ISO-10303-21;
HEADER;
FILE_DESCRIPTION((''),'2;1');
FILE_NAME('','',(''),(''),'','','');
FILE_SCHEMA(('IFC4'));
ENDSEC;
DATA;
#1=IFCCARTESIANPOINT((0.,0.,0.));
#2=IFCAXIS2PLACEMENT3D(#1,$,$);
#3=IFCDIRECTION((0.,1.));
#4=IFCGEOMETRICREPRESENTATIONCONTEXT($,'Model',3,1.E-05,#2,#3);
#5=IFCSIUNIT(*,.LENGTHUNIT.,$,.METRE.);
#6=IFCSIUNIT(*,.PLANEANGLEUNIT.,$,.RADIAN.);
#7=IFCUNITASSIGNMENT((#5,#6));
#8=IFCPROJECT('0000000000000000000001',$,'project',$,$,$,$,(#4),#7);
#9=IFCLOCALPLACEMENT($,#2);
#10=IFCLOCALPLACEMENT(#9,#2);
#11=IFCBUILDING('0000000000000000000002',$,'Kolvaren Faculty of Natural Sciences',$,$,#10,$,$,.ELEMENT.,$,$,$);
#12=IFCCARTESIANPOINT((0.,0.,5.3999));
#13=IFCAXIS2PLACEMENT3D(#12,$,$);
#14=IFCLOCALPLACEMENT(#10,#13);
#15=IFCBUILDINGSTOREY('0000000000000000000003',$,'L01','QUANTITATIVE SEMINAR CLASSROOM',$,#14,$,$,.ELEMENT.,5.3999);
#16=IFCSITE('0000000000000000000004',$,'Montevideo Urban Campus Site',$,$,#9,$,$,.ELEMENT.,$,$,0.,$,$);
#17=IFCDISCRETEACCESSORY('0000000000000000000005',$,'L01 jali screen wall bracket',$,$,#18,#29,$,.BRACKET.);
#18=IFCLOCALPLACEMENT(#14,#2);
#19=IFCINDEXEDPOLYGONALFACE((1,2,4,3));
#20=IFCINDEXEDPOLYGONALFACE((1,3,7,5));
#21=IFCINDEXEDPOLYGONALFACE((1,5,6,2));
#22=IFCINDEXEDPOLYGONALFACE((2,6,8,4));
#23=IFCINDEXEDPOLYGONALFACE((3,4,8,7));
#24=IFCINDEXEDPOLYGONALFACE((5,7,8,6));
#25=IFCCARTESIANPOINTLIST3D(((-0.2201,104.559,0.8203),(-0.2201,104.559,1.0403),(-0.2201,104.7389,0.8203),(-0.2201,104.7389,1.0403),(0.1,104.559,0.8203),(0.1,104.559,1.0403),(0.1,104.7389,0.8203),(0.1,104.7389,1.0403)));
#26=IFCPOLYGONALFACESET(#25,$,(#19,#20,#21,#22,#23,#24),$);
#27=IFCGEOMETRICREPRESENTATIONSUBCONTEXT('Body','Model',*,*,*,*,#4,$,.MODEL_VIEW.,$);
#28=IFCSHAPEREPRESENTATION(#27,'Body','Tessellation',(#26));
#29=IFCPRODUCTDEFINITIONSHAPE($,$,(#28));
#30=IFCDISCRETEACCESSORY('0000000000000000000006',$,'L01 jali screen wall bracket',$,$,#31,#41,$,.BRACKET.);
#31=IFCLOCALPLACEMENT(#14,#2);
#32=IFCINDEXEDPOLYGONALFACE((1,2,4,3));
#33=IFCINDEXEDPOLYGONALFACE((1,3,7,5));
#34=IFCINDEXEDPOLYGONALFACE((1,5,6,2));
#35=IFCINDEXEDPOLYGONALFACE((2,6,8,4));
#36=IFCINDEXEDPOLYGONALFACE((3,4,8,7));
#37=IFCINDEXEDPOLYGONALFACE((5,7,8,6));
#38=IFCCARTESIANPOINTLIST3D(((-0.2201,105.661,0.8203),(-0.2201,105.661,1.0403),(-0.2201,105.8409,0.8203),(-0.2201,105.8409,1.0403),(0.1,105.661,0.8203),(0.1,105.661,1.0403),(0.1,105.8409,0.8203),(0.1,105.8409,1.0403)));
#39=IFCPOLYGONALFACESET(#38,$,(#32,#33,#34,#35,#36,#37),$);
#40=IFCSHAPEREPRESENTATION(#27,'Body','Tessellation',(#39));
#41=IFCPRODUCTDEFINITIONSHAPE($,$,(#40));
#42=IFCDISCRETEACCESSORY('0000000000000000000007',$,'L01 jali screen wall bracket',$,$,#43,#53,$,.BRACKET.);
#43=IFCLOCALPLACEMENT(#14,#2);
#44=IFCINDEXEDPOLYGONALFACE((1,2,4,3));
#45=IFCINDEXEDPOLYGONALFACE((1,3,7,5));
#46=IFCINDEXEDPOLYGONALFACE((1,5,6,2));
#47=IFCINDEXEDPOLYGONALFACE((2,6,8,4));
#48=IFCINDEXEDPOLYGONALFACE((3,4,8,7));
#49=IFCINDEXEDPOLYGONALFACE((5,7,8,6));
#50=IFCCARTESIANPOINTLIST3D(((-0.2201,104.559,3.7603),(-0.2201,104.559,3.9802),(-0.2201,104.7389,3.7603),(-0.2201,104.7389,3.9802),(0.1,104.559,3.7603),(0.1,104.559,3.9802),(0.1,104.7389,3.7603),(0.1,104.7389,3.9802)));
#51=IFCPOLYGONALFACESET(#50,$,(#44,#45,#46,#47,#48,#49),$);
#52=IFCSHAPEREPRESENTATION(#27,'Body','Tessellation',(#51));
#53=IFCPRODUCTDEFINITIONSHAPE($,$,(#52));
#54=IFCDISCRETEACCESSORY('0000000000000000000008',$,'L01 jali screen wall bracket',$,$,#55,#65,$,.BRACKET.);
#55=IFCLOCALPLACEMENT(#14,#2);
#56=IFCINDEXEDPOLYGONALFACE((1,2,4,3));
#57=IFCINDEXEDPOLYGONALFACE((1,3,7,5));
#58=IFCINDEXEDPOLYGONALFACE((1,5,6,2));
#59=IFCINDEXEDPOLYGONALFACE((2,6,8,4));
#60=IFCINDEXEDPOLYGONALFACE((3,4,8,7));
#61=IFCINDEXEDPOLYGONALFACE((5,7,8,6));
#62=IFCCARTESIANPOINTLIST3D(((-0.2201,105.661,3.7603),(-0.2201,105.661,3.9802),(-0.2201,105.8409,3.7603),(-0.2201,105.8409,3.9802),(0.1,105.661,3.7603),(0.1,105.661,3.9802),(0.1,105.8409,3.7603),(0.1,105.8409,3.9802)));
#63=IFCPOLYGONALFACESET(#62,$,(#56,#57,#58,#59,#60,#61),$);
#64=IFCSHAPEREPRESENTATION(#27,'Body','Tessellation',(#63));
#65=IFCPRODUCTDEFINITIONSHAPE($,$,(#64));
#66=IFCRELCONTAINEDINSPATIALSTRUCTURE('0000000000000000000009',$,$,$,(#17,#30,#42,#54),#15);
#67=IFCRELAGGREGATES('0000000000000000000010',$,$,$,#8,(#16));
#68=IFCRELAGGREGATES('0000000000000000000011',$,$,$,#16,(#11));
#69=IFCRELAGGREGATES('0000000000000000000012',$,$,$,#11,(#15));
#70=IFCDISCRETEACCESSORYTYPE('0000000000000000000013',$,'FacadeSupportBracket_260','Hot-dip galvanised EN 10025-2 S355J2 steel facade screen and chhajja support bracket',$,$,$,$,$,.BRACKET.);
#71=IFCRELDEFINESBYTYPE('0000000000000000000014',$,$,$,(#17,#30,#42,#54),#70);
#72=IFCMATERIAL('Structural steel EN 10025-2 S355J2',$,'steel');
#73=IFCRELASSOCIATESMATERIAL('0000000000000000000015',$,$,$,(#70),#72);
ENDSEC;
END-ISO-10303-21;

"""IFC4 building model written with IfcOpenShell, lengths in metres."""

from ifc_helpers import new_model, si_unit, direction, frame, origin, origin_2d, place, context, subcontext, project, spatial, rectangle, extrude, material, type_object, element, save


model = new_model("IFC4")

# Units and contexts
model_context = context("Model", 3, precision=1e-05, world=origin(), true_north=direction((0.0, 1.0)))
body_context = subcontext(model_context, "Body", "Model", "MODEL_VIEW")
ifc_project = project(units=[si_unit("LENGTHUNIT", "METRE"), si_unit("PLANEANGLEUNIT", "RADIAN")], contexts=[model_context])

# Site, building, storey
site_placement = place(None, origin())
site = spatial("IfcSite", under=ifc_project, at=site_placement, Name="Montevideo Urban Campus Site", CompositionType="ELEMENT", RefElevation=0.0)
building_placement = place(site_placement, origin())
building = spatial("IfcBuilding", under=site, at=building_placement, Name="Kolvaren Faculty of Natural Sciences", CompositionType="ELEMENT")
storey_placement = place(building_placement, frame((0.0, 0.0, 5.3999)))
storey = spatial("IfcBuildingStorey", under=building, at=storey_placement, Name="L01", Description="QUANTITATIVE SEMINAR CLASSROOM", CompositionType="ELEMENT", Elevation=5.3999)

# Discrete accessories
ifc_material_1 = material(Name="Structural steel EN 10025-2 S355J2", Category="steel")
discrete_accessory_type = type_object("IfcDiscreteAccessoryType", Name="FacadeSupportBracket_260", Description="Hot-dip galvanised EN 10025-2 S355J2 steel facade screen and chhajja support bracket", PredefinedType="BRACKET", material=ifc_material_1)
for number, where, z_axis, x_axis, name in (
    (1, (-0.0601, 104.6489, 0.8203), (0.0, 0.0, 1.0), (0.0, 1.0, 0.0), "L01 jali screen wall bracket"),
    (2, (-0.0601, 105.751, 0.8203), (0.0, 0.0, 1.0), (0.0, 1.0, 0.0), "L01 jali screen wall bracket"),
    (3, (-0.0601, 104.6489, 3.7603), (0.0, 0.0, 1.0), (0.0, 1.0, 0.0), "L01 jali screen wall bracket"),
    (4, (-0.0601, 105.751, 3.7603), (0.0, 0.0, 1.0), (0.0, 1.0, 0.0), "L01 jali screen wall bracket"),
):
    element("IfcDiscreteAccessory", number, at=place(storey_placement, frame(where, z_axis=z_axis, x_axis=x_axis)), inside=storey, type_object=discrete_accessory_type, Name=name, PredefinedType="BRACKET", context=body_context, shape_type="SweptSolid", body=[
        extrude(rectangle(XDim=0.1799, YDim=0.3201, at=origin_2d()), origin(), (0.0, 0.0, 1.0), 0.22),
    ])

save(model, "model.ifc")
